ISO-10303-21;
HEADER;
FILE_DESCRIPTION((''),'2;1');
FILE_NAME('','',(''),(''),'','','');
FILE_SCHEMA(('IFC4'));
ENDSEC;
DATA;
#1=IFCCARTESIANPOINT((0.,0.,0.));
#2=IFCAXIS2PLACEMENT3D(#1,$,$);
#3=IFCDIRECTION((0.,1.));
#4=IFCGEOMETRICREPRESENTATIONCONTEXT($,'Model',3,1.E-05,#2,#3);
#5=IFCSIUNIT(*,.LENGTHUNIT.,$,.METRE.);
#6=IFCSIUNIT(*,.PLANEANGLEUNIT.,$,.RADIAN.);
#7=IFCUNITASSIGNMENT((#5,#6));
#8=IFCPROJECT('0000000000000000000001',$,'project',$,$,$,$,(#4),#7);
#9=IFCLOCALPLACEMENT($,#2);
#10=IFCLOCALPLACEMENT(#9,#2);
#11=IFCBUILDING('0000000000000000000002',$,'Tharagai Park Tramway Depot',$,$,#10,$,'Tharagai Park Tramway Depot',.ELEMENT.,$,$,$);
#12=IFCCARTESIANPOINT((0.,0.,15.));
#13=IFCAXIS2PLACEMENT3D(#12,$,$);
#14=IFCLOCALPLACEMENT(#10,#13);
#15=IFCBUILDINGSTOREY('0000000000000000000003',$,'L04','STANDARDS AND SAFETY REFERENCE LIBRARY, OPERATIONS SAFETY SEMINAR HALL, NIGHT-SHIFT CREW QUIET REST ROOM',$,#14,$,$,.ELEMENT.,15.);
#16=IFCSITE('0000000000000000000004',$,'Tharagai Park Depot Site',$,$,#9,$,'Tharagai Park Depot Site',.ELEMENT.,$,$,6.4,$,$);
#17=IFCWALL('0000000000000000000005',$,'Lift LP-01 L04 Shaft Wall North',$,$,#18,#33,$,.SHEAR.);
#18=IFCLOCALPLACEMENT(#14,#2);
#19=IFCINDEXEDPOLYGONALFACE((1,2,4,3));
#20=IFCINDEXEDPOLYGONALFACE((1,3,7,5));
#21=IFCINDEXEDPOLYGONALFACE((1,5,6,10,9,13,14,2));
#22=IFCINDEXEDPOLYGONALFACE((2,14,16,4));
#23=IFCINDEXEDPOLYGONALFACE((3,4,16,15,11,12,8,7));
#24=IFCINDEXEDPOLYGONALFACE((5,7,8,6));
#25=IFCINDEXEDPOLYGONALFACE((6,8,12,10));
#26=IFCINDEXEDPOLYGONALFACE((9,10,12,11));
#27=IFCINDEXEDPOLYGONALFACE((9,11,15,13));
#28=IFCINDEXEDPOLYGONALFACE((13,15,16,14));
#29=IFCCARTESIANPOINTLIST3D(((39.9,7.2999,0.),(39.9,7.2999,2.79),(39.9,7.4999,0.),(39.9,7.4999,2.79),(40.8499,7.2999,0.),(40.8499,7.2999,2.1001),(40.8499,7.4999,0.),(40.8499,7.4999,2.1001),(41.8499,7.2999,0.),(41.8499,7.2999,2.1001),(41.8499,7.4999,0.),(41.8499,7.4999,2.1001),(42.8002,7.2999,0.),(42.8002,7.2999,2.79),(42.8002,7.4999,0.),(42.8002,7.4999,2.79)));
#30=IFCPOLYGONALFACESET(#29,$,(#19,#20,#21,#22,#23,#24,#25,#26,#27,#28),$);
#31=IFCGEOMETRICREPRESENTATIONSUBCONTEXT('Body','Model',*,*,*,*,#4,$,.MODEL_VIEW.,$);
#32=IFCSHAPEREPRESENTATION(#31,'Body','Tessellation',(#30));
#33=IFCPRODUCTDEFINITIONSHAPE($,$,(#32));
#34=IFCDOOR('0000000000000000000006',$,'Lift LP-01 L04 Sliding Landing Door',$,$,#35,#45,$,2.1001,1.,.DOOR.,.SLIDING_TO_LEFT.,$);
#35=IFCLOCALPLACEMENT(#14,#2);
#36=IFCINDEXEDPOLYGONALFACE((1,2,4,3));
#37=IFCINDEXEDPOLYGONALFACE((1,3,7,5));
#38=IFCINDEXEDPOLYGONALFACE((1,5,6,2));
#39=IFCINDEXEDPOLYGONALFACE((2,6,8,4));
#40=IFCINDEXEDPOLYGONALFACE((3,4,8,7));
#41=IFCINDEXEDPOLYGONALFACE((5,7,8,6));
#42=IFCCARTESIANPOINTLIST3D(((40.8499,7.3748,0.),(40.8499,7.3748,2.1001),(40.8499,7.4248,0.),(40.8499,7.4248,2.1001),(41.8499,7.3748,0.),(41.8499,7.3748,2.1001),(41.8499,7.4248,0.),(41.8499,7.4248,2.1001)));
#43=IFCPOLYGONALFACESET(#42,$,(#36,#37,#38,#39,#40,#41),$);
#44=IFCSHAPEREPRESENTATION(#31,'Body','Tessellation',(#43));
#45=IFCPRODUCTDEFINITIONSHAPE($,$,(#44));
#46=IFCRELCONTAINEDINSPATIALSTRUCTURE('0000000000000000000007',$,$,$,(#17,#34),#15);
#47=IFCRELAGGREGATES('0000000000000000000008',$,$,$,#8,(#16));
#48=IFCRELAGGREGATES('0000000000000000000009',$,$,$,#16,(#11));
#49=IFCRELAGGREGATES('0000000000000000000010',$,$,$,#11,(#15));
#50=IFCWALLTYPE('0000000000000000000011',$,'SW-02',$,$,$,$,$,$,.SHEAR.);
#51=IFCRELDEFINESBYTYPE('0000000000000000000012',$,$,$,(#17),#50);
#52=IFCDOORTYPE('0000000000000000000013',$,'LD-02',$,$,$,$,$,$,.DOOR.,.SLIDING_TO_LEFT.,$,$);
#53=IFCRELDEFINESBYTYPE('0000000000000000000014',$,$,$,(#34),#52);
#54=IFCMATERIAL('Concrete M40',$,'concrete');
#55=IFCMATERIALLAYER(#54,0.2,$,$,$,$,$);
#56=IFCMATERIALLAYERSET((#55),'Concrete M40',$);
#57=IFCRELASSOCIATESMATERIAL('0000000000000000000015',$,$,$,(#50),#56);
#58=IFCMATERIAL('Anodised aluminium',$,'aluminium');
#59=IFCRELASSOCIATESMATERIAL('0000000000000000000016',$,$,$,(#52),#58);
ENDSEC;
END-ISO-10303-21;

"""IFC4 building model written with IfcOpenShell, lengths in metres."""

from ifc_helpers import new_model, si_unit, direction, frame, frame_2d, origin, place, context, subcontext, project, spatial, rectangle, extrude, material, layer, layer_set, type_object, element, fill, save


model = new_model("IFC4")

# Units and contexts
model_context = context("Model", 3, precision=1e-05, world=origin(), true_north=direction((0.0, 1.0)))
body_context = subcontext(model_context, "Body", "Model", "MODEL_VIEW")
ifc_project = project(units=[si_unit("LENGTHUNIT", "METRE"), si_unit("PLANEANGLEUNIT", "RADIAN")], contexts=[model_context])

# Site, building, storey
site_placement = place(None, origin())
site = spatial("IfcSite", under=ifc_project, at=site_placement, Name="Tharagai Park Depot Site", LongName="Tharagai Park Depot Site", CompositionType="ELEMENT", RefElevation=6.4)
building_placement = place(site_placement, origin())
building = spatial("IfcBuilding", under=site, at=building_placement, Name="Tharagai Park Tramway Depot", LongName="Tharagai Park Tramway Depot", CompositionType="ELEMENT")
storey_placement = place(building_placement, frame((0.0, 0.0, 15.0)))
storey = spatial("IfcBuildingStorey", under=building, at=storey_placement, Name="L04", Description="STANDARDS AND SAFETY REFERENCE LIBRARY, OPERATIONS SAFETY SEMINAR HALL, NIGHT-SHIFT CREW QUIET REST ROOM", CompositionType="ELEMENT", Elevation=15.0)

# Shared definitions
ifc_material_1 = material(Name="Concrete M40", Category="concrete")

# Wall, opening, door
ifc_layer_1 = layer(ifc_material_1, 0.2)
ifc_layer_set_1 = layer_set([ifc_layer_1], Name="Concrete M40")
wall_type_1 = type_object("IfcWallType", Name="SW-02", PredefinedType="SHEAR", material=ifc_layer_set_1)
wall_1_placement = place(storey_placement, frame((39.8999, 7.3999, 0.0), z_axis=(0.0, 0.0, 1.0), x_axis=(1.0, 0.0, 0.0)))
wall_1 = element("IfcWall", 1, at=wall_1_placement, inside=storey, type_object=wall_type_1, Name="Lift LP-01 L04 Shaft Wall North", PredefinedType="SHEAR", context=body_context, shape_type="SweptSolid", body=[
    extrude(rectangle(XDim=2.9001, YDim=0.2, at=frame_2d((1.4502, 0.0))), origin(), (0.0, 0.0, 1.0), 2.79),
])
opening_1_placement = place(wall_1_placement, frame((0.95, 0.0, 0.0)))
opening_1 = element("IfcOpeningElement", 2, at=opening_1_placement, cuts=wall_1, PredefinedType="OPENING", context=body_context, shape_type="SweptSolid", body=[
    extrude(rectangle(XDim=1.0, YDim=2.1001, at=frame_2d((0.5, 1.05))), frame((0.0, 0.1099, 0.0), z_axis=(0.0, -1.0, 0.0), x_axis=(1.0, 0.0, 0.0)), (0.0, 0.0, 1.0), 0.22),
])
ifc_material_2 = material(Name="Anodised aluminium", Category="aluminium")
door_type_1 = type_object("IfcDoorType", Name="LD-02", OperationType="SLIDING_TO_LEFT", PredefinedType="DOOR", material=ifc_material_2)
door_1_placement = place(opening_1_placement, origin())
door_1 = element("IfcDoor", 3, at=door_1_placement, inside=storey, type_object=door_type_1, Name="Lift LP-01 L04 Sliding Landing Door", OperationType="SLIDING_TO_LEFT", OverallHeight=2.1001, OverallWidth=1.0, PredefinedType="DOOR", context=body_context, shape_type="SweptSolid", body=[
    extrude(rectangle(XDim=1.0, YDim=2.1001, at=frame_2d((0.5, 1.05))), frame((0.0, 0.0249, 0.0), z_axis=(0.0, -1.0, 0.0), x_axis=(1.0, 0.0, 0.0)), (0.0, 0.0, 1.0), 0.05),
])
fill(opening_1, door_1)

save(model, "model.ifc")
